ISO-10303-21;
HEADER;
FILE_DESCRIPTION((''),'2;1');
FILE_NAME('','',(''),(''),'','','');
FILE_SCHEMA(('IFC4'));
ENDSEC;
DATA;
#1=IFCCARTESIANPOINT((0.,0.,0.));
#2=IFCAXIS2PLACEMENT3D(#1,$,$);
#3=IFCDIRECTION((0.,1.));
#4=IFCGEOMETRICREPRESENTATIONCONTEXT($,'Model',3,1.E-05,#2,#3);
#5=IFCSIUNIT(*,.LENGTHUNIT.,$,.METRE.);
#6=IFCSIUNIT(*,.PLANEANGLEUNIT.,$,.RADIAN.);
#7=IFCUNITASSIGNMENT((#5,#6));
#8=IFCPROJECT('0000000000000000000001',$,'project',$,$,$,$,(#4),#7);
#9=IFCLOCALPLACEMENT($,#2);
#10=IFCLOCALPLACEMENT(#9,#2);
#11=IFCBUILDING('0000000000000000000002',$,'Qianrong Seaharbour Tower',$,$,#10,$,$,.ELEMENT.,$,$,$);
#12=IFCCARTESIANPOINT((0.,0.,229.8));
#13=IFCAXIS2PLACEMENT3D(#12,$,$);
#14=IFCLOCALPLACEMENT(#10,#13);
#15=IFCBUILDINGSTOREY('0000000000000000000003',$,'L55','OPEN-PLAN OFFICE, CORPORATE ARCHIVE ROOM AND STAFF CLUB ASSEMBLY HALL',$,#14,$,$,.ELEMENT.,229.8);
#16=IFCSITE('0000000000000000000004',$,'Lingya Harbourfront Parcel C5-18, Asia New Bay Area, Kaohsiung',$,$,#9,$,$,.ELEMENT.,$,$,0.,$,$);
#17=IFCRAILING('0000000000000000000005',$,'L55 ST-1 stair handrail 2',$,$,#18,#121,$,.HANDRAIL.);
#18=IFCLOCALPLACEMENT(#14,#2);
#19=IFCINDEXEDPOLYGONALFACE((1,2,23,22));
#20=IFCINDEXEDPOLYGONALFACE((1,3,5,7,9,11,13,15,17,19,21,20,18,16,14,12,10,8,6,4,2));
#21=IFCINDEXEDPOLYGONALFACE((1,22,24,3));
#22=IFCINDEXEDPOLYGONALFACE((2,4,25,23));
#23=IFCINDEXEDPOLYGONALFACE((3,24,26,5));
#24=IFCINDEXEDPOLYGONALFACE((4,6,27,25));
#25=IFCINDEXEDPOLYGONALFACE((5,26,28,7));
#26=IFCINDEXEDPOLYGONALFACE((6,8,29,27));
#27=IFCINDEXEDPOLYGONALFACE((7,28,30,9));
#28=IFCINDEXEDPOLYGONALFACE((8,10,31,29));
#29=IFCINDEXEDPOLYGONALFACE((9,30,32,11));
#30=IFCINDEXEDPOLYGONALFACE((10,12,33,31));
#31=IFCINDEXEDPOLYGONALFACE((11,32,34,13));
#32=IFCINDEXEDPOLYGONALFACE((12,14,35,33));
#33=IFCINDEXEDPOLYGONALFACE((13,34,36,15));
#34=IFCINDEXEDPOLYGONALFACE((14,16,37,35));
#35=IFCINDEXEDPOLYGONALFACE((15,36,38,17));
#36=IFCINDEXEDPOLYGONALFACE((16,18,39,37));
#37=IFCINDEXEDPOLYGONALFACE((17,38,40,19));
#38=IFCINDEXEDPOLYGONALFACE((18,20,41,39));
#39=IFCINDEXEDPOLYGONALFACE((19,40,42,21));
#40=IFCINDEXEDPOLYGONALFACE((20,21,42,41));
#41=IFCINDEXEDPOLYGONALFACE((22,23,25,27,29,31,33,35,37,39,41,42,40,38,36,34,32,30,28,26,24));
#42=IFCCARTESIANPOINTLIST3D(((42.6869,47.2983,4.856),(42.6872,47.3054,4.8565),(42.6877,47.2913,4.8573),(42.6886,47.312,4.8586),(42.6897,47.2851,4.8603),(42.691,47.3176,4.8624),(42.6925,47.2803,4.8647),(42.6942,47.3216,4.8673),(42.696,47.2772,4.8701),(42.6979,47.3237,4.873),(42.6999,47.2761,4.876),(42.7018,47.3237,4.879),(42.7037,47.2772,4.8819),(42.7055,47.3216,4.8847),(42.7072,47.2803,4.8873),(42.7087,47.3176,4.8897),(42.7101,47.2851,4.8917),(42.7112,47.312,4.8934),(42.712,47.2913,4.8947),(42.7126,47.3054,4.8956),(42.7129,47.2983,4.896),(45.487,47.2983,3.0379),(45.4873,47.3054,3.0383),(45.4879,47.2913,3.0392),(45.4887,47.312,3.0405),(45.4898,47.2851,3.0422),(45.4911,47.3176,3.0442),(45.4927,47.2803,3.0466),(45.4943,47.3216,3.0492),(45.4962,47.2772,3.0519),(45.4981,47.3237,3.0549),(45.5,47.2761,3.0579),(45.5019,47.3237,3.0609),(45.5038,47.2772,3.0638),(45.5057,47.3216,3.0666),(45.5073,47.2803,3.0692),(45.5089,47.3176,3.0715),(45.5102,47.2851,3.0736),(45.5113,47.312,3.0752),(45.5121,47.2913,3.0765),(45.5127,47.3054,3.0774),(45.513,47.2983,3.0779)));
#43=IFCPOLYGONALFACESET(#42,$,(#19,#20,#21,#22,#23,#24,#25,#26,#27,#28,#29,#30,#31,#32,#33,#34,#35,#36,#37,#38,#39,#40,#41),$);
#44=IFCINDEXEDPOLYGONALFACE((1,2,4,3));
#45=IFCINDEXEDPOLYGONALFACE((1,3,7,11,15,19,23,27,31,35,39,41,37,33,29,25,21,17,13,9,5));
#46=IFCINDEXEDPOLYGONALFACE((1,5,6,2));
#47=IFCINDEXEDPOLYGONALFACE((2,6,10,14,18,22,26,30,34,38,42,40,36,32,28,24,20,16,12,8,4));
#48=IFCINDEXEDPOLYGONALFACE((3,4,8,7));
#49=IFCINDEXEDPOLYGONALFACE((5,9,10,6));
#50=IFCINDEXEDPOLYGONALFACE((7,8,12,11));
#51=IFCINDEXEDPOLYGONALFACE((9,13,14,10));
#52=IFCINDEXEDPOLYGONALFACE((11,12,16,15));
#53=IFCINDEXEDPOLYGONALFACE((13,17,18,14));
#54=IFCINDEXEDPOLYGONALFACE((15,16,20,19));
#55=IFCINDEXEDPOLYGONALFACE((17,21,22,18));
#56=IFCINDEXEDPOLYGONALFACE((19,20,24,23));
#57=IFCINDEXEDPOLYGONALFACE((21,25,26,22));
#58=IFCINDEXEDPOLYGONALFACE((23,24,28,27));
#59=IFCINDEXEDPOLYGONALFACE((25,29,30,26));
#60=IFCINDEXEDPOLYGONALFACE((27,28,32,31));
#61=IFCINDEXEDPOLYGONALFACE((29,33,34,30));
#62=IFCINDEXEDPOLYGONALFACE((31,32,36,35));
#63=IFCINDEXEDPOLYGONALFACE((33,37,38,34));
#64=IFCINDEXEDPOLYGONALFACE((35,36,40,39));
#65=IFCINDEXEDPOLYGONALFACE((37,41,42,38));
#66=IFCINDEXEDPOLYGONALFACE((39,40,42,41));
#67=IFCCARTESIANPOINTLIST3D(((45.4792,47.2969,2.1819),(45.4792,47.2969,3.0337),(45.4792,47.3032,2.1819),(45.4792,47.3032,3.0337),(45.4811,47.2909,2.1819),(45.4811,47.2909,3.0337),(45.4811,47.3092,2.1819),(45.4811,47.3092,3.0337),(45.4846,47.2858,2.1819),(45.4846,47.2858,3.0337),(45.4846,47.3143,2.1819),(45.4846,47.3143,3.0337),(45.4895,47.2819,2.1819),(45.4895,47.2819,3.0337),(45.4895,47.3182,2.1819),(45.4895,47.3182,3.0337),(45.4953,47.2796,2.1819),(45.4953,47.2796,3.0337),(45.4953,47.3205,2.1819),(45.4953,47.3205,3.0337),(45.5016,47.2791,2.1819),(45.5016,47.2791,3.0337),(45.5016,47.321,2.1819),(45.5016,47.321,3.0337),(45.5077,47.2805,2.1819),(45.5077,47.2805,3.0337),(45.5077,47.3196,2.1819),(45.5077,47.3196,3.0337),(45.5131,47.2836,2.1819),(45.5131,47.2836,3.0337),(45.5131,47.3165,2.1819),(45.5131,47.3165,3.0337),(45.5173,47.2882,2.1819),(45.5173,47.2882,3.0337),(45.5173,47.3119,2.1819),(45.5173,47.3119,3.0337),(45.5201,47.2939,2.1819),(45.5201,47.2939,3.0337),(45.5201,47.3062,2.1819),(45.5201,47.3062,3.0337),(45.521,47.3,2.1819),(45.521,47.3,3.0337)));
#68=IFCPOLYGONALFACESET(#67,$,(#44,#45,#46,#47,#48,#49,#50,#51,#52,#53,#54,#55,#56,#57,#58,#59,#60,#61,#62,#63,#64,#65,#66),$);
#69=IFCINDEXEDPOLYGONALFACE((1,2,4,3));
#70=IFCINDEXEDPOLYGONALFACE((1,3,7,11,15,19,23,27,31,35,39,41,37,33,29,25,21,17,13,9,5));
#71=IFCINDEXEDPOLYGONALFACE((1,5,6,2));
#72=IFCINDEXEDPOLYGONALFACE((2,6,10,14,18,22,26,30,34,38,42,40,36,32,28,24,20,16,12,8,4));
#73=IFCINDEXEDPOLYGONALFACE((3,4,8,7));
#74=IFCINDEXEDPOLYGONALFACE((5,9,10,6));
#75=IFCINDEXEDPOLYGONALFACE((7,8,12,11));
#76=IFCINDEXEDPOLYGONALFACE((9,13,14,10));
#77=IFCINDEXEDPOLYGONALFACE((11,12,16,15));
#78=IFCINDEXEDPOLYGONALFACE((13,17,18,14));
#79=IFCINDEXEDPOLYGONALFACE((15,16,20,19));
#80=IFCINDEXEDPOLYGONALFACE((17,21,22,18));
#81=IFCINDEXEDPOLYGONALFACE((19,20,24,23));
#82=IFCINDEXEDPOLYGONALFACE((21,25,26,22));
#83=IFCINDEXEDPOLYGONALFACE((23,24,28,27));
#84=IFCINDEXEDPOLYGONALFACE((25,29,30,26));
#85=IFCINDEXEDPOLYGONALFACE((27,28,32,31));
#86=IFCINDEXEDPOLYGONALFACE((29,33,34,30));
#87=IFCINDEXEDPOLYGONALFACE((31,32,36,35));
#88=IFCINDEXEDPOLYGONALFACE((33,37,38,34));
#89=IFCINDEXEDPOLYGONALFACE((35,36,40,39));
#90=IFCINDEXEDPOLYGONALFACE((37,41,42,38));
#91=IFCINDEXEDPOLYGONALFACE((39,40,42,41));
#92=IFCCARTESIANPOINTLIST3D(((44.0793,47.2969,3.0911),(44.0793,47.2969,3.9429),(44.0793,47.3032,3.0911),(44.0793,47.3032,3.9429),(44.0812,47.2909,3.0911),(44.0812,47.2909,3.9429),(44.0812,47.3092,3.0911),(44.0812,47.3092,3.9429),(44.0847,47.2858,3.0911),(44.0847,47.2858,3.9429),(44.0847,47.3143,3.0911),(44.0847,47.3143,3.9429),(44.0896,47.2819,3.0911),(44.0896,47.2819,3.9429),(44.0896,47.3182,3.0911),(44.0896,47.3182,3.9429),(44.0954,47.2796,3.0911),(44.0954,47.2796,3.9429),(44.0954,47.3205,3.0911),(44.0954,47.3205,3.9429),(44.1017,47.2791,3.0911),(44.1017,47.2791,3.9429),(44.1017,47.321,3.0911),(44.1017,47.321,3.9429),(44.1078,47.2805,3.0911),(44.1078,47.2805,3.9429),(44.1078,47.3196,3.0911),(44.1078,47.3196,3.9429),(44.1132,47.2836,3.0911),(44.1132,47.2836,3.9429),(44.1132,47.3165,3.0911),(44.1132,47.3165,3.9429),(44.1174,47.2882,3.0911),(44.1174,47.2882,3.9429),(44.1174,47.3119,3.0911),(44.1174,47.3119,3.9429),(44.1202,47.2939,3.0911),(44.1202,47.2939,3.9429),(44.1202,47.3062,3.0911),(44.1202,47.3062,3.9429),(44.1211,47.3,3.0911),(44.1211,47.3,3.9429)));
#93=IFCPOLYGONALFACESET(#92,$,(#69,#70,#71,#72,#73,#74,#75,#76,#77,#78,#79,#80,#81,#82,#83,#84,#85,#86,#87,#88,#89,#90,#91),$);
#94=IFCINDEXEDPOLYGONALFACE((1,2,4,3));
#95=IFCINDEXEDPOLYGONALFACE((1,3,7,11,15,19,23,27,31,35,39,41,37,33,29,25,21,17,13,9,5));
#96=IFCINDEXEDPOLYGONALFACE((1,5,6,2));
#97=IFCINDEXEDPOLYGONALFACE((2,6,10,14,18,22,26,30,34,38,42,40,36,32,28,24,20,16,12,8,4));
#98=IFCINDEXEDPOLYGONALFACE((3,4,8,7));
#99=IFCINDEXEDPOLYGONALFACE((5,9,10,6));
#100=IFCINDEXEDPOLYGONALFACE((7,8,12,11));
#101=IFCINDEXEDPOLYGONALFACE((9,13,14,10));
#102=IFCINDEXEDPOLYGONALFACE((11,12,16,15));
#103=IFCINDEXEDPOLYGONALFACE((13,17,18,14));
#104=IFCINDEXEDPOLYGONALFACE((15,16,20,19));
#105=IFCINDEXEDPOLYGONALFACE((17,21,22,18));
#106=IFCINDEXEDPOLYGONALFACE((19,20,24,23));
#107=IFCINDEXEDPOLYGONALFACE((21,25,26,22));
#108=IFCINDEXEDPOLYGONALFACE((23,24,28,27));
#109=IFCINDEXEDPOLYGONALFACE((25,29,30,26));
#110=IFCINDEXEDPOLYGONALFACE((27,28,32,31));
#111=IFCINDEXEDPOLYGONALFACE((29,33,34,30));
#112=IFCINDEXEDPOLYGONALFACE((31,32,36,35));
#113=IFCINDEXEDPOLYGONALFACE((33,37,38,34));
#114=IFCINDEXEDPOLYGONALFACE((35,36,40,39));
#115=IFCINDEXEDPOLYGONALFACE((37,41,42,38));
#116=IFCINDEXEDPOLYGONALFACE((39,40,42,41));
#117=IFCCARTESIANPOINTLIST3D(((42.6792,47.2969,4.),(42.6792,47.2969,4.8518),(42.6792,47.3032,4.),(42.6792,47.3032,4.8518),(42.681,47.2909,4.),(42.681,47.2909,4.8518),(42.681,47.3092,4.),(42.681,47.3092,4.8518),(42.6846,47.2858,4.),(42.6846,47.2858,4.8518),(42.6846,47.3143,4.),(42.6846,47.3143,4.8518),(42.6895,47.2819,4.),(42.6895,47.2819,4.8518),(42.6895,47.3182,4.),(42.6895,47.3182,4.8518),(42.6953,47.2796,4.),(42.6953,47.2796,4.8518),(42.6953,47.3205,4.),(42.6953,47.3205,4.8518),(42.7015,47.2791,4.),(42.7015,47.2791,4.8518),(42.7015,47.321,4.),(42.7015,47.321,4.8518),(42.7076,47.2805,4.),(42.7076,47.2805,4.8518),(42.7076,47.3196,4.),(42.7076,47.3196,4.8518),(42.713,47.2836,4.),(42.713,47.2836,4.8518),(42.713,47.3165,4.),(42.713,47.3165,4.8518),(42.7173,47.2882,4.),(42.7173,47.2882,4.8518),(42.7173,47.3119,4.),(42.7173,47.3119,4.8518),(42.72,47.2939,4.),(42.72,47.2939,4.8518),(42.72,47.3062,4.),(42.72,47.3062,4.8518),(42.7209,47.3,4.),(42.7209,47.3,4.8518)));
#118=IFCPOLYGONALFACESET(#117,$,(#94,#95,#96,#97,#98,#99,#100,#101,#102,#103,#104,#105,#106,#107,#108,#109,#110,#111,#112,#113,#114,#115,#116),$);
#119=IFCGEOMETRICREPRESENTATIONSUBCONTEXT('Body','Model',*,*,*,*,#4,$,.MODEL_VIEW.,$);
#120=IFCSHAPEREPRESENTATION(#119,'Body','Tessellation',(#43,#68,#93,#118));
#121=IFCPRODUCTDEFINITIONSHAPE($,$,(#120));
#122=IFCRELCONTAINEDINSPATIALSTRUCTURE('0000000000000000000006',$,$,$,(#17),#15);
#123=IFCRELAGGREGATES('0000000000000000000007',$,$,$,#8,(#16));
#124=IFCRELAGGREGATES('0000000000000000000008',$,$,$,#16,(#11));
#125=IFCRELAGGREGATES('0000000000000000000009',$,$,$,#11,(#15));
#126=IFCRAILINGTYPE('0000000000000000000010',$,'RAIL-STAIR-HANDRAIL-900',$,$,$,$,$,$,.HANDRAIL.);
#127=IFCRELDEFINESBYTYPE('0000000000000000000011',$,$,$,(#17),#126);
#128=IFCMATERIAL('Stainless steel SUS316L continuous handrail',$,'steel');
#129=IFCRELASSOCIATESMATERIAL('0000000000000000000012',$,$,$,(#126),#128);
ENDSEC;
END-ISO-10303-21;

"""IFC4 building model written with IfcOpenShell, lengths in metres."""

from ifc_helpers import new_model, si_unit, direction, frame, origin, origin_2d, place, context, subcontext, project, spatial, circle, extrude, material, type_object, element, save


model = new_model("IFC4")

# Units and contexts
model_context = context("Model", 3, precision=1e-05, world=origin(), true_north=direction((0.0, 1.0)))
body_context = subcontext(model_context, "Body", "Model", "MODEL_VIEW")
ifc_project = project(units=[si_unit("LENGTHUNIT", "METRE"), si_unit("PLANEANGLEUNIT", "RADIAN")], contexts=[model_context])

# Site, building, storey
site_placement = place(None, origin())
site = spatial("IfcSite", under=ifc_project, at=site_placement, Name="Lingya Harbourfront Parcel C5-18, Asia New Bay Area, Kaohsiung", CompositionType="ELEMENT", RefElevation=0.0)
building_placement = place(site_placement, origin())
building = spatial("IfcBuilding", under=site, at=building_placement, Name="Qianrong Seaharbour Tower", CompositionType="ELEMENT")
storey_placement = place(building_placement, frame((0.0, 0.0, 229.8)))
storey = spatial("IfcBuildingStorey", under=building, at=storey_placement, Name="L55", Description="OPEN-PLAN OFFICE, CORPORATE ARCHIVE ROOM AND STAFF CLUB ASSEMBLY HALL", CompositionType="ELEMENT", Elevation=229.8)

# Railing
ifc_material_1 = material(Name="Stainless steel SUS316L continuous handrail", Category="steel")
railing_type_1 = type_object("IfcRailingType", Name="RAIL-STAIR-HANDRAIL-900", PredefinedType="HANDRAIL", material=ifc_material_1)
railing_1_placement = place(storey_placement, frame((45.5, 47.3, 2.1819)))
element("IfcRailing", 1, at=railing_1_placement, inside=storey, type_object=railing_type_1, Name="L55 ST-1 stair handrail 2", PredefinedType="HANDRAIL", context=body_context, shape_type="SweptSolid", body=[
    extrude(circle(Radius=0.0239, at=origin_2d()), frame((0.0, 0.0, 0.876), z_axis=(-0.838706, 0.0, 0.544585), x_axis=(0.0, -1.0, 0.0)), (0.0, 0.0, 1.0), 3.3386),
    extrude(circle(Radius=0.021, at=origin_2d()), origin(), (0.0, 0.0, 1.0), 0.8518),
    extrude(circle(Radius=0.021, at=origin_2d()), frame((-1.3999, 0.0, 0.9092)), (0.0, 0.0, 1.0), 0.8518),
    extrude(circle(Radius=0.021, at=origin_2d()), frame((-2.8, 0.0, 1.8181)), (0.0, 0.0, 1.0), 0.8518),
])

save(model, "model.ifc")
